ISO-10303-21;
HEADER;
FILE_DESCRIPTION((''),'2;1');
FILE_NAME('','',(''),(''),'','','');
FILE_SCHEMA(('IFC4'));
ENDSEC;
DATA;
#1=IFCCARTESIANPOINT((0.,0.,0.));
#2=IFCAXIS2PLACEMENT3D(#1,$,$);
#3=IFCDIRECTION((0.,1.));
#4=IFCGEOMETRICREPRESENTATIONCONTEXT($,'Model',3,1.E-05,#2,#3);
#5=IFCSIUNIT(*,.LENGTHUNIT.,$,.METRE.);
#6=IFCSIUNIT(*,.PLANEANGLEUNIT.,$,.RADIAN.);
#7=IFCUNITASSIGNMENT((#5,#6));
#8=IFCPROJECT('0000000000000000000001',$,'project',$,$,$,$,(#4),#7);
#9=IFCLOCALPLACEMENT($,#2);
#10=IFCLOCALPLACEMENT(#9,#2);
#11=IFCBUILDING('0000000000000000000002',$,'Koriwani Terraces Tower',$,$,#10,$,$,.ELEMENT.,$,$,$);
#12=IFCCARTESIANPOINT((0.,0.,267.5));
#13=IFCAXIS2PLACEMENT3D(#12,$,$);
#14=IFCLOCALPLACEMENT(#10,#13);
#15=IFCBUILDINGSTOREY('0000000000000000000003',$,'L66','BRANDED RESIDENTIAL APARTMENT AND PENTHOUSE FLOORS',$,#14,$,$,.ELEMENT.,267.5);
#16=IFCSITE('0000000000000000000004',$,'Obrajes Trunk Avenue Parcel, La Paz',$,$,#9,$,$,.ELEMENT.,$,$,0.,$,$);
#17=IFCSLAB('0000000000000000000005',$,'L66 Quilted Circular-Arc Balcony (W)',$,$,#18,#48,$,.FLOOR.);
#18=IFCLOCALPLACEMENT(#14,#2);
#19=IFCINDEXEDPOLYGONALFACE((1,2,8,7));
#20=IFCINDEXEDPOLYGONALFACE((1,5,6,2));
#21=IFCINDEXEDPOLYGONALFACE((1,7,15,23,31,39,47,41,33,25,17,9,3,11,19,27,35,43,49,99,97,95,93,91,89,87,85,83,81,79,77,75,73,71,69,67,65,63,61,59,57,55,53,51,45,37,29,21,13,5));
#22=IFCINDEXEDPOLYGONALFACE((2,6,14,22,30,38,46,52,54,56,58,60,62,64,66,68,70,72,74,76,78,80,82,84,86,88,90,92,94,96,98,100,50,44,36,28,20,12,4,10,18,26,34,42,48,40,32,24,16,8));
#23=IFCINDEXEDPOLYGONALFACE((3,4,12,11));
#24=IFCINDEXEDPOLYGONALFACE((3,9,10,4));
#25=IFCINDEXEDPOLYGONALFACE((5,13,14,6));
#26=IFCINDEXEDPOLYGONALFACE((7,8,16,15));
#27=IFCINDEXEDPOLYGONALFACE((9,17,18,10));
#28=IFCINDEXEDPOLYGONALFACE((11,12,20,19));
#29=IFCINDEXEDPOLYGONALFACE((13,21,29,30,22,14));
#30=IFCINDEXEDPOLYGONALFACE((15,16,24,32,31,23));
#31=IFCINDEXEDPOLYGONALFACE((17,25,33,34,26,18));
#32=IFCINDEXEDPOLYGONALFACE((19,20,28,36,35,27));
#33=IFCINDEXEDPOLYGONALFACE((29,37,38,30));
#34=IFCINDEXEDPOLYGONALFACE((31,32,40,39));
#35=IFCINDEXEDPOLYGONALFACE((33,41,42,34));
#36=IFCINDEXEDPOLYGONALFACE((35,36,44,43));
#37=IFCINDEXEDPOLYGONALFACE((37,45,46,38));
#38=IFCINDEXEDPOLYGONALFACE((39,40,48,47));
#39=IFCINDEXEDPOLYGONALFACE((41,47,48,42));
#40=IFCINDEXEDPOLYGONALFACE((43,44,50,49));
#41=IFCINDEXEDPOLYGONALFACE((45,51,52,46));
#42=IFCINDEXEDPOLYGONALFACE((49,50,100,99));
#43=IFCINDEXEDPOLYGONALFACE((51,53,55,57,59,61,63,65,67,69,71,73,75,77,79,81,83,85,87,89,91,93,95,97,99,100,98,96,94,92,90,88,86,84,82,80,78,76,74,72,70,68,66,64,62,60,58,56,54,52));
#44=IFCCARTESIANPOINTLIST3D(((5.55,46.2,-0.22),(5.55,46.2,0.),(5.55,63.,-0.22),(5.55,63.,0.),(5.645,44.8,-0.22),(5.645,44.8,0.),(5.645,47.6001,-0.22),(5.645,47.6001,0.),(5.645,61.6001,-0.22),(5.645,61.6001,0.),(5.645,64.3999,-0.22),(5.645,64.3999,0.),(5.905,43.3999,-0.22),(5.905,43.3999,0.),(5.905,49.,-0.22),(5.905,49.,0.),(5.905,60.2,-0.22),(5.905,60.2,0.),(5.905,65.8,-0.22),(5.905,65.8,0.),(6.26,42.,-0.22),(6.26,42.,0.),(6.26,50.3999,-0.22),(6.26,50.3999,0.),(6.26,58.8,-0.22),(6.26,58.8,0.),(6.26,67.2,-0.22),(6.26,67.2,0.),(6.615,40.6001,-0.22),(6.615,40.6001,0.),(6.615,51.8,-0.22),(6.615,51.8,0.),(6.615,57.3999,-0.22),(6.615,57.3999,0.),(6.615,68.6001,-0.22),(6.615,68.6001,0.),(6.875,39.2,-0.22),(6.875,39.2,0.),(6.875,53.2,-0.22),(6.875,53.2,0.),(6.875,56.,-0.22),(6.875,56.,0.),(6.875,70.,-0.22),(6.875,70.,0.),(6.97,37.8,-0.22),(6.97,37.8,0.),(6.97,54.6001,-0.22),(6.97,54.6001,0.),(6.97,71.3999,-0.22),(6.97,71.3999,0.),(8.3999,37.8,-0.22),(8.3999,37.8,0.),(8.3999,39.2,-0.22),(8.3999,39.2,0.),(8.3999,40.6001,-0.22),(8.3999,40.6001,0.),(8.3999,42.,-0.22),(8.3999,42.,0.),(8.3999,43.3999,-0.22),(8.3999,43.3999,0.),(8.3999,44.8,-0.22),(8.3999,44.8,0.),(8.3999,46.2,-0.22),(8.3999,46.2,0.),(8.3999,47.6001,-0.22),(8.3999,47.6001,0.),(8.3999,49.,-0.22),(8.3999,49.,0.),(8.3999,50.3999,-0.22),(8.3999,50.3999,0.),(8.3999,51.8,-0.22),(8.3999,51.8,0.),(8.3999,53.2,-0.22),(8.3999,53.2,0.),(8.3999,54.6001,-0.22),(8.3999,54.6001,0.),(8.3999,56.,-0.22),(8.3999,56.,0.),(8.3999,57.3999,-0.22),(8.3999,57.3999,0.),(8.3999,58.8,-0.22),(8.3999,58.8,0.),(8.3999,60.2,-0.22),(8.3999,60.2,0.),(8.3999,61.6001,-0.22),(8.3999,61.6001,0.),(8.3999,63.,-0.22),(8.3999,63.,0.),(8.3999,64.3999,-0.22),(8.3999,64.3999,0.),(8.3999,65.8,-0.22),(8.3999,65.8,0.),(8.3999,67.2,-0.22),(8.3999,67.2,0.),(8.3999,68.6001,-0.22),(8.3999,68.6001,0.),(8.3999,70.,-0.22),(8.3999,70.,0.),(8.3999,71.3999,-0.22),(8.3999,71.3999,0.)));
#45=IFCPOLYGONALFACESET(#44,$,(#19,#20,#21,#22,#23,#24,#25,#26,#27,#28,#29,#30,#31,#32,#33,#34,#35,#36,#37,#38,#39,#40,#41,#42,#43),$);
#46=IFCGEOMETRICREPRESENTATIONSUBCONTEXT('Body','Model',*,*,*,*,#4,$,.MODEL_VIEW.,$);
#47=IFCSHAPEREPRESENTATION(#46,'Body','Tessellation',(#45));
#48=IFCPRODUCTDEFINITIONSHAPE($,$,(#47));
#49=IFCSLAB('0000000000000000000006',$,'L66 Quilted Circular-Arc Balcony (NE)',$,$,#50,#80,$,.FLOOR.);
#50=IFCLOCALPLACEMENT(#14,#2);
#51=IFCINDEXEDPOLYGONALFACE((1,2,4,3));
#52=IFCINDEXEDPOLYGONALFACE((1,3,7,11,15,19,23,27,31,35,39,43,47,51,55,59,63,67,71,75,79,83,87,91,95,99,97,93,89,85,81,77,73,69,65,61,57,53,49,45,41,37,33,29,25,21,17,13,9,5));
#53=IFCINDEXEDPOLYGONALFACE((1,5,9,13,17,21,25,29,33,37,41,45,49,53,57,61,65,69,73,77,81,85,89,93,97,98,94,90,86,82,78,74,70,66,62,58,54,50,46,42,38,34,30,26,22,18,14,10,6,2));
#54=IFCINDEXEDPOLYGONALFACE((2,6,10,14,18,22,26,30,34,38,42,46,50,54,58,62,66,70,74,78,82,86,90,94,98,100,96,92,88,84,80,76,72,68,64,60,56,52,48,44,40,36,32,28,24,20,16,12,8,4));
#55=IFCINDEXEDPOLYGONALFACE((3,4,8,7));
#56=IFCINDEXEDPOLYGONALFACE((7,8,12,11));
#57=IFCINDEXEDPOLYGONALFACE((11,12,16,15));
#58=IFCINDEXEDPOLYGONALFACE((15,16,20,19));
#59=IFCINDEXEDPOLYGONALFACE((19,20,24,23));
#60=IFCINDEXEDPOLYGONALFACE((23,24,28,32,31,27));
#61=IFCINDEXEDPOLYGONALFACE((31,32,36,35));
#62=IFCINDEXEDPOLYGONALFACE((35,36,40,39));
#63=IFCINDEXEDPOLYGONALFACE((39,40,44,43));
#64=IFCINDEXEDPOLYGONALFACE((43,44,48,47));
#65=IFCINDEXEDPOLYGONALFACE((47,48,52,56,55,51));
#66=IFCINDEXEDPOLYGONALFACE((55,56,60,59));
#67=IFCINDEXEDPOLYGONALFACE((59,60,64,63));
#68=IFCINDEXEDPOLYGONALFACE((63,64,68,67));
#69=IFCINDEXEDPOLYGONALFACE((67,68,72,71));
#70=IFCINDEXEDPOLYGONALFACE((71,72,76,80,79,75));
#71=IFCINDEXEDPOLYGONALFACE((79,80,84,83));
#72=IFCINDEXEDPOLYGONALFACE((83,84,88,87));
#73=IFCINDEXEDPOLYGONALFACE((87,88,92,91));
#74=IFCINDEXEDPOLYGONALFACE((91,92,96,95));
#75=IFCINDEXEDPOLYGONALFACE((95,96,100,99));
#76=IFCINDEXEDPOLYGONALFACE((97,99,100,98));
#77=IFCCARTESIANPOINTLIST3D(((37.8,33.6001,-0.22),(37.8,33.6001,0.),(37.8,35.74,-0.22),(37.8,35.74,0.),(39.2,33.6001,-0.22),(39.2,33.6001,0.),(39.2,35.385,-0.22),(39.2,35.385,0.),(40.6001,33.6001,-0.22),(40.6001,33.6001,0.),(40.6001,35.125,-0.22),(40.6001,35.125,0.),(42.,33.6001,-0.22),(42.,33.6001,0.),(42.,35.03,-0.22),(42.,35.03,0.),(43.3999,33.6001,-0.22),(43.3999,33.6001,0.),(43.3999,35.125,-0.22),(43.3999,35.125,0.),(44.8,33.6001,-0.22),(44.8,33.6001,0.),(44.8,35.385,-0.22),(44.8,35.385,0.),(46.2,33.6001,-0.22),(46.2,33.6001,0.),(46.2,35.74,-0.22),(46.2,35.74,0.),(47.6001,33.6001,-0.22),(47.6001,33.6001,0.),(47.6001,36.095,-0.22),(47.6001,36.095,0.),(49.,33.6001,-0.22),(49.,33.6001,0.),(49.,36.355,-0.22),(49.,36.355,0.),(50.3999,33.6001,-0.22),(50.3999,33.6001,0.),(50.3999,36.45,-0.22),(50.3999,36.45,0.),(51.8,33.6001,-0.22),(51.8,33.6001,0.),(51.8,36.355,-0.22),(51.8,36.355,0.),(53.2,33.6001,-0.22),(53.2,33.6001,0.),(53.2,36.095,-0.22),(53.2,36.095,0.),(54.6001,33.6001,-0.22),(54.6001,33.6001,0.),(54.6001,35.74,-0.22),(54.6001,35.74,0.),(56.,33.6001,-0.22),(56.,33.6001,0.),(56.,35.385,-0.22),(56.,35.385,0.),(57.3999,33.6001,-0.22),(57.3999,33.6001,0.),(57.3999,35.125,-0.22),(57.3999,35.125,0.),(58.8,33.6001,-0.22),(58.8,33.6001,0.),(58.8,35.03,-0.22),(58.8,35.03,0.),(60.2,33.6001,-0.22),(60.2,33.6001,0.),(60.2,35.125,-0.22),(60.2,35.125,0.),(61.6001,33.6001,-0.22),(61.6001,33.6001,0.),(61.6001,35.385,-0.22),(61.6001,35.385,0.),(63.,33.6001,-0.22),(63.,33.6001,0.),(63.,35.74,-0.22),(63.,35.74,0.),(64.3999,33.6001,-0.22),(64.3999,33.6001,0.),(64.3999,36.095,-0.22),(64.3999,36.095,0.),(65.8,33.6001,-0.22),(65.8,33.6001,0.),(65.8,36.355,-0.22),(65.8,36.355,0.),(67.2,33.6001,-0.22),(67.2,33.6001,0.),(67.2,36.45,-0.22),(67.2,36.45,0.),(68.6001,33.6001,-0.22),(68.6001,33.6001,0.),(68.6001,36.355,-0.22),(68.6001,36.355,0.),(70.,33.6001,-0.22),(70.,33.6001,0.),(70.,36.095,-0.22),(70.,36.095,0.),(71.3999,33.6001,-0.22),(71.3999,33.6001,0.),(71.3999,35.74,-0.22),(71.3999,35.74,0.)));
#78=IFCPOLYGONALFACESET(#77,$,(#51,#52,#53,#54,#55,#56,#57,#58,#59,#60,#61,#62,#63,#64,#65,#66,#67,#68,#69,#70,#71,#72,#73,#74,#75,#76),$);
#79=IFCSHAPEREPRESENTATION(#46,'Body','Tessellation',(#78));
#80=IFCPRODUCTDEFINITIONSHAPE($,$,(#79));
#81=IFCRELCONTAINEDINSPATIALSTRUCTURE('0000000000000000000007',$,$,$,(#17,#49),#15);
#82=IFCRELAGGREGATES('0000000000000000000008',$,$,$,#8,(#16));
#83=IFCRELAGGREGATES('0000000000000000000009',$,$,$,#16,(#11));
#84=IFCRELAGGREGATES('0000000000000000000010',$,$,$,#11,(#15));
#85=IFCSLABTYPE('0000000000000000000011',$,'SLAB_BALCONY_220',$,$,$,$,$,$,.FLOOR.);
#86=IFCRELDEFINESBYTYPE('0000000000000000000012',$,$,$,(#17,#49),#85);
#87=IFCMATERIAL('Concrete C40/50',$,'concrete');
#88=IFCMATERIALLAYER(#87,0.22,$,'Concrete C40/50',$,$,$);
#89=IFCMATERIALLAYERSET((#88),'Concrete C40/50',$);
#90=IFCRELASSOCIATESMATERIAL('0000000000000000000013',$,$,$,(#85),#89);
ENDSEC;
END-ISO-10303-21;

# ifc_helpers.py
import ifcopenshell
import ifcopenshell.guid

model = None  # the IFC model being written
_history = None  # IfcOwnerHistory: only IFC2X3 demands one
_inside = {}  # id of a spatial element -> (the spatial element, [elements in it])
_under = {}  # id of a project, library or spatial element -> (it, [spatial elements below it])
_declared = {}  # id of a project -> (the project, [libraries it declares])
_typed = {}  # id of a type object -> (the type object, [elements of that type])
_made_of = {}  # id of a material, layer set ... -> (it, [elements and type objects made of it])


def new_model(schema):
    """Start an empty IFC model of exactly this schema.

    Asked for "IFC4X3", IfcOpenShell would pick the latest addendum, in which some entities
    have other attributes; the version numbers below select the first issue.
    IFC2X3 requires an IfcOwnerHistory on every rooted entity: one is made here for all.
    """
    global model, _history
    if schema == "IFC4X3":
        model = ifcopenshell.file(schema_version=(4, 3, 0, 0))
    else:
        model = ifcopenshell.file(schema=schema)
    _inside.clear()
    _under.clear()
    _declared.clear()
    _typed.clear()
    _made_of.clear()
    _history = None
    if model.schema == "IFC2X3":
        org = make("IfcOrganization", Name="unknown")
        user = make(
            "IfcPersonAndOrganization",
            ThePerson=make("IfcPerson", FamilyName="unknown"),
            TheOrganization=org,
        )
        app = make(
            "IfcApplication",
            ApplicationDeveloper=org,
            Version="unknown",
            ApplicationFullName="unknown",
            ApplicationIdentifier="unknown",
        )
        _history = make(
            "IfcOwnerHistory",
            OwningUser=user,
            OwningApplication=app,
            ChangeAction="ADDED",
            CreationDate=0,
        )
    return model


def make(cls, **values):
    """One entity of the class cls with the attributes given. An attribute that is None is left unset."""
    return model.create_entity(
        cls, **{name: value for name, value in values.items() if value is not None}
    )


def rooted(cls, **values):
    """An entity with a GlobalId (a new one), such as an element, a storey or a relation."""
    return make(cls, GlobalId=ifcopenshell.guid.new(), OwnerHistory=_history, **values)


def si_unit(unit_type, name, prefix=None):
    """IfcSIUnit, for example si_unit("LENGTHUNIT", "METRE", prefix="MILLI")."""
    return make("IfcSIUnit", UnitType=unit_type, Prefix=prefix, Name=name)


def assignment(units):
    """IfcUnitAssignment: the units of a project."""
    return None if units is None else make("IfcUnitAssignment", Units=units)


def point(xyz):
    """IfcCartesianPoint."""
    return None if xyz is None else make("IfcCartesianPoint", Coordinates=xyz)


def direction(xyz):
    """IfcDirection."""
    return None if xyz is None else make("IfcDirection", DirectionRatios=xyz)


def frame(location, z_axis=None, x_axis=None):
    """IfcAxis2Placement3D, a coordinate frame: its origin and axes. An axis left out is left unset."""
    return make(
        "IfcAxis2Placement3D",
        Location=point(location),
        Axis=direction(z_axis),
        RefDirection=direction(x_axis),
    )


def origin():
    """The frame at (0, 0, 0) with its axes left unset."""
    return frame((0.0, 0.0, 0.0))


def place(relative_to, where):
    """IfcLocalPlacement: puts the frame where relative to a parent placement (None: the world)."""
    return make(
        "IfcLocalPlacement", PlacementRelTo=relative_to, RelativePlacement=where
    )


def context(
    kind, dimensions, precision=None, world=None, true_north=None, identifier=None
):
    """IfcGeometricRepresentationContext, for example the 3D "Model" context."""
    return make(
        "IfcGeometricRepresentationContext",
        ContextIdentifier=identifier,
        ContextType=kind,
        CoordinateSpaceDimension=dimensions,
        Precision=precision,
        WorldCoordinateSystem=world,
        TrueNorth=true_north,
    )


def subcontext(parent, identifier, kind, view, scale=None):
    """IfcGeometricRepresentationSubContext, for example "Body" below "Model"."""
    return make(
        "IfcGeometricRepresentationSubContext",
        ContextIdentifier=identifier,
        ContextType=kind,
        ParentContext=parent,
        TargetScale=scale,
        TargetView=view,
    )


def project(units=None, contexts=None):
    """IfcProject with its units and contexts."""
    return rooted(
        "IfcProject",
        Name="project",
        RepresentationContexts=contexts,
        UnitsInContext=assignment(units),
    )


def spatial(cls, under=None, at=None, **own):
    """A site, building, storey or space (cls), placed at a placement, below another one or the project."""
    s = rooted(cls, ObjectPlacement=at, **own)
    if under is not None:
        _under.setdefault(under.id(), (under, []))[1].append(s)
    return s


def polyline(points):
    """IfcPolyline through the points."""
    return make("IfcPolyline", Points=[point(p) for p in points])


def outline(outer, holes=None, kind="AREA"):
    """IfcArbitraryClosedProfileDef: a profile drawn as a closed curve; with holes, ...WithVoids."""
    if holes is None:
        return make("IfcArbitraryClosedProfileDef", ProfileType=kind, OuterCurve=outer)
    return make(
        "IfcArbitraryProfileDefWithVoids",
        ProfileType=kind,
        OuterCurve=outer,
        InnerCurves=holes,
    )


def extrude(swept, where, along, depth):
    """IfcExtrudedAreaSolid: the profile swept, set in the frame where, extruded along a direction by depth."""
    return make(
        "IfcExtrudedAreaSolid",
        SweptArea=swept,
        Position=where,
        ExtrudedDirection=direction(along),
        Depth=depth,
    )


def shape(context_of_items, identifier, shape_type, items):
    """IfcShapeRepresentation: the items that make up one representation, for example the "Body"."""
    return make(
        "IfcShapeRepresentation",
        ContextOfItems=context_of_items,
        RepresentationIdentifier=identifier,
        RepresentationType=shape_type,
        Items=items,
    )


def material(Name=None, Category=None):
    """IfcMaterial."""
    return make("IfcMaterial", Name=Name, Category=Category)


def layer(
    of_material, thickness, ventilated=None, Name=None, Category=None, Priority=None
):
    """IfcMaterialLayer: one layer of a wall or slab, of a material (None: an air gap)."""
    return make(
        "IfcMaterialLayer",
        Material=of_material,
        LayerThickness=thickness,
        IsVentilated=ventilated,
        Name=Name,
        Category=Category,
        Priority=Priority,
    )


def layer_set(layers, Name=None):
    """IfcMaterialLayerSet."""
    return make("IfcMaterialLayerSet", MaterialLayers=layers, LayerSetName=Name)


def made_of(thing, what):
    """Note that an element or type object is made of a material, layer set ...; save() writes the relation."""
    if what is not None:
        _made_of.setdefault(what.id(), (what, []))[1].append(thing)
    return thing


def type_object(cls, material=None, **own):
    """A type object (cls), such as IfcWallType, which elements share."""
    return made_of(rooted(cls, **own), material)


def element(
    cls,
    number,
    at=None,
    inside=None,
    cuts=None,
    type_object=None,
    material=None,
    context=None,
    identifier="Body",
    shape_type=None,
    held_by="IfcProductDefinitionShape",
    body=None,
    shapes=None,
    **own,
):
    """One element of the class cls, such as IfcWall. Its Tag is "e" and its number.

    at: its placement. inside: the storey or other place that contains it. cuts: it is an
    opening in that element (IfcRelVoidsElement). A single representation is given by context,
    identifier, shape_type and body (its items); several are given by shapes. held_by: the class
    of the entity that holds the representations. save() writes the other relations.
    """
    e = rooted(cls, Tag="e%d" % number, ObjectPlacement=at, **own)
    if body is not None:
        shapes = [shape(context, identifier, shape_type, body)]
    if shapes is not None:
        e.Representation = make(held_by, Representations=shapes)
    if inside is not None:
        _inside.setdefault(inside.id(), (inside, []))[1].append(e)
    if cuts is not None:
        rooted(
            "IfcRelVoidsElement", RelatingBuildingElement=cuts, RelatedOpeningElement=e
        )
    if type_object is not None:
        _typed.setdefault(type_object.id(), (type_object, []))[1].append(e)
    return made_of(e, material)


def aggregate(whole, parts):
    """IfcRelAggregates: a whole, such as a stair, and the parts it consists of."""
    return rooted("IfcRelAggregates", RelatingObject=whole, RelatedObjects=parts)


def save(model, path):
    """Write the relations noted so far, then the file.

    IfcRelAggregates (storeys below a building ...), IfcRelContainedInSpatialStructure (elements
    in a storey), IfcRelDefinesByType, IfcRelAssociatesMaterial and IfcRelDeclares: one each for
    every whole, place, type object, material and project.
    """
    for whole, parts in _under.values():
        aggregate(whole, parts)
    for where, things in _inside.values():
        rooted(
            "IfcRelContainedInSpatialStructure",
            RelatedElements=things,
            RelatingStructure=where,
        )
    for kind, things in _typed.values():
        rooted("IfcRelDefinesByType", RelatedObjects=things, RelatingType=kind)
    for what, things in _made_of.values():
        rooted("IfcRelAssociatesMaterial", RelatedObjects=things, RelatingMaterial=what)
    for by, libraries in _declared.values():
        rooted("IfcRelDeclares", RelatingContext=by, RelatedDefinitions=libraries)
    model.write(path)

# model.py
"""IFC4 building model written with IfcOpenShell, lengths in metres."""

from ifc_helpers import new_model, si_unit, direction, frame, origin, place, context, subcontext, project, spatial, polyline, outline, extrude, material, layer, layer_set, type_object, element, save


model = new_model("IFC4")

# Units and contexts
model_context = context("Model", 3, precision=1e-05, world=origin(), true_north=direction((0.0, 1.0)))
body_context = subcontext(model_context, "Body", "Model", "MODEL_VIEW")
ifc_project = project(units=[si_unit("LENGTHUNIT", "METRE"), si_unit("PLANEANGLEUNIT", "RADIAN")], contexts=[model_context])

# Site, building, storey
site_placement = place(None, origin())
site = spatial("IfcSite", under=ifc_project, at=site_placement, Name="Obrajes Trunk Avenue Parcel, La Paz", CompositionType="ELEMENT", RefElevation=0.0)
building_placement = place(site_placement, origin())
building = spatial("IfcBuilding", under=site, at=building_placement, Name="Koriwani Terraces Tower", CompositionType="ELEMENT")
storey_placement = place(building_placement, frame((0.0, 0.0, 267.5)))
storey = spatial("IfcBuildingStorey", under=building, at=storey_placement, Name="L66", Description="BRANDED RESIDENTIAL APARTMENT AND PENTHOUSE FLOORS", CompositionType="ELEMENT", Elevation=267.5)

# Shared definitions
ifc_material_1 = material(Name="Concrete C40/50", Category="concrete")

# Slabs
ifc_layer_1 = layer(ifc_material_1, 0.22, Name="Concrete C40/50")
ifc_layer_set_1 = layer_set([ifc_layer_1], Name="Concrete C40/50")
slab_type_1 = type_object("IfcSlabType", Name="SLAB_BALCONY_220", PredefinedType="FLOOR", material=ifc_layer_set_1)
slab_1_placement = place(storey_placement, frame((0.0, 0.0, -0.22)))
element("IfcSlab", 1, at=slab_1_placement, inside=storey, type_object=slab_type_1, Name="L66 Quilted Circular-Arc Balcony (W)", PredefinedType="FLOOR", context=body_context, shape_type="SweptSolid", body=[
    extrude(outline(polyline([(8.3999, 37.8), (8.3999, 39.2), (8.3999, 40.6001), (8.3999, 42.0), (8.3999, 43.3999), (8.3999, 44.8), (8.3999, 46.2), (8.3999, 47.6001), (8.3999, 49.0), (8.3999, 50.3999), (8.3999, 51.8), (8.3999, 53.2), (8.3999, 54.6001), (8.3999, 56.0), (8.3999, 57.3999), (8.3999, 58.8), (8.3999, 60.2), (8.3999, 61.6001), (8.3999, 63.0), (8.3999, 64.3999), (8.3999, 65.8), (8.3999, 67.2), (8.3999, 68.6001), (8.3999, 70.0), (8.3999, 71.3999), (6.97, 71.3999), (6.875, 70.0), (6.615, 68.6001), (6.26, 67.2), (5.905, 65.8), (5.645, 64.3999), (5.55, 63.0), (5.645, 61.6001), (5.905, 60.2), (6.26, 58.8), (6.615, 57.3999), (6.875, 56.0), (6.97, 54.6001), (6.875, 53.2), (6.615, 51.8), (6.26, 50.3999), (5.905, 49.0), (5.645, 47.6001), (5.55, 46.2), (5.645, 44.8), (5.905, 43.3999), (6.26, 42.0), (6.615, 40.6001), (6.875, 39.2), (6.97, 37.8), (8.3999, 37.8)])), origin(), (0.0, 0.0, 1.0), 0.22),
])
slab_2_placement = place(storey_placement, frame((0.0, 0.0, -0.22)))
element("IfcSlab", 2, at=slab_2_placement, inside=storey, type_object=slab_type_1, Name="L66 Quilted Circular-Arc Balcony (NE)", PredefinedType="FLOOR", context=body_context, shape_type="SweptSolid", body=[
    extrude(outline(polyline([(71.3999, 33.6001), (70.0, 33.6001), (68.6001, 33.6001), (67.2, 33.6001), (65.8, 33.6001), (64.3999, 33.6001), (63.0, 33.6001), (61.6001, 33.6001), (60.2, 33.6001), (58.8, 33.6001), (57.3999, 33.6001), (56.0, 33.6001), (54.6001, 33.6001), (53.2, 33.6001), (51.8, 33.6001), (50.3999, 33.6001), (49.0, 33.6001), (47.6001, 33.6001), (46.2, 33.6001), (44.8, 33.6001), (43.3999, 33.6001), (42.0, 33.6001), (40.6001, 33.6001), (39.2, 33.6001), (37.8, 33.6001), (37.8, 35.74), (39.2, 35.385), (40.6001, 35.125), (42.0, 35.03), (43.3999, 35.125), (44.8, 35.385), (46.2, 35.74), (47.6001, 36.095), (49.0, 36.355), (50.3999, 36.45), (51.8, 36.355), (53.2, 36.095), (54.6001, 35.74), (56.0, 35.385), (57.3999, 35.125), (58.8, 35.03), (60.2, 35.125), (61.6001, 35.385), (63.0, 35.74), (64.3999, 36.095), (65.8, 36.355), (67.2, 36.45), (68.6001, 36.355), (70.0, 36.095), (71.3999, 35.74), (71.3999, 33.6001)])), origin(), (0.0, 0.0, 1.0), 0.22),
])

save(model, "model.ifc")
